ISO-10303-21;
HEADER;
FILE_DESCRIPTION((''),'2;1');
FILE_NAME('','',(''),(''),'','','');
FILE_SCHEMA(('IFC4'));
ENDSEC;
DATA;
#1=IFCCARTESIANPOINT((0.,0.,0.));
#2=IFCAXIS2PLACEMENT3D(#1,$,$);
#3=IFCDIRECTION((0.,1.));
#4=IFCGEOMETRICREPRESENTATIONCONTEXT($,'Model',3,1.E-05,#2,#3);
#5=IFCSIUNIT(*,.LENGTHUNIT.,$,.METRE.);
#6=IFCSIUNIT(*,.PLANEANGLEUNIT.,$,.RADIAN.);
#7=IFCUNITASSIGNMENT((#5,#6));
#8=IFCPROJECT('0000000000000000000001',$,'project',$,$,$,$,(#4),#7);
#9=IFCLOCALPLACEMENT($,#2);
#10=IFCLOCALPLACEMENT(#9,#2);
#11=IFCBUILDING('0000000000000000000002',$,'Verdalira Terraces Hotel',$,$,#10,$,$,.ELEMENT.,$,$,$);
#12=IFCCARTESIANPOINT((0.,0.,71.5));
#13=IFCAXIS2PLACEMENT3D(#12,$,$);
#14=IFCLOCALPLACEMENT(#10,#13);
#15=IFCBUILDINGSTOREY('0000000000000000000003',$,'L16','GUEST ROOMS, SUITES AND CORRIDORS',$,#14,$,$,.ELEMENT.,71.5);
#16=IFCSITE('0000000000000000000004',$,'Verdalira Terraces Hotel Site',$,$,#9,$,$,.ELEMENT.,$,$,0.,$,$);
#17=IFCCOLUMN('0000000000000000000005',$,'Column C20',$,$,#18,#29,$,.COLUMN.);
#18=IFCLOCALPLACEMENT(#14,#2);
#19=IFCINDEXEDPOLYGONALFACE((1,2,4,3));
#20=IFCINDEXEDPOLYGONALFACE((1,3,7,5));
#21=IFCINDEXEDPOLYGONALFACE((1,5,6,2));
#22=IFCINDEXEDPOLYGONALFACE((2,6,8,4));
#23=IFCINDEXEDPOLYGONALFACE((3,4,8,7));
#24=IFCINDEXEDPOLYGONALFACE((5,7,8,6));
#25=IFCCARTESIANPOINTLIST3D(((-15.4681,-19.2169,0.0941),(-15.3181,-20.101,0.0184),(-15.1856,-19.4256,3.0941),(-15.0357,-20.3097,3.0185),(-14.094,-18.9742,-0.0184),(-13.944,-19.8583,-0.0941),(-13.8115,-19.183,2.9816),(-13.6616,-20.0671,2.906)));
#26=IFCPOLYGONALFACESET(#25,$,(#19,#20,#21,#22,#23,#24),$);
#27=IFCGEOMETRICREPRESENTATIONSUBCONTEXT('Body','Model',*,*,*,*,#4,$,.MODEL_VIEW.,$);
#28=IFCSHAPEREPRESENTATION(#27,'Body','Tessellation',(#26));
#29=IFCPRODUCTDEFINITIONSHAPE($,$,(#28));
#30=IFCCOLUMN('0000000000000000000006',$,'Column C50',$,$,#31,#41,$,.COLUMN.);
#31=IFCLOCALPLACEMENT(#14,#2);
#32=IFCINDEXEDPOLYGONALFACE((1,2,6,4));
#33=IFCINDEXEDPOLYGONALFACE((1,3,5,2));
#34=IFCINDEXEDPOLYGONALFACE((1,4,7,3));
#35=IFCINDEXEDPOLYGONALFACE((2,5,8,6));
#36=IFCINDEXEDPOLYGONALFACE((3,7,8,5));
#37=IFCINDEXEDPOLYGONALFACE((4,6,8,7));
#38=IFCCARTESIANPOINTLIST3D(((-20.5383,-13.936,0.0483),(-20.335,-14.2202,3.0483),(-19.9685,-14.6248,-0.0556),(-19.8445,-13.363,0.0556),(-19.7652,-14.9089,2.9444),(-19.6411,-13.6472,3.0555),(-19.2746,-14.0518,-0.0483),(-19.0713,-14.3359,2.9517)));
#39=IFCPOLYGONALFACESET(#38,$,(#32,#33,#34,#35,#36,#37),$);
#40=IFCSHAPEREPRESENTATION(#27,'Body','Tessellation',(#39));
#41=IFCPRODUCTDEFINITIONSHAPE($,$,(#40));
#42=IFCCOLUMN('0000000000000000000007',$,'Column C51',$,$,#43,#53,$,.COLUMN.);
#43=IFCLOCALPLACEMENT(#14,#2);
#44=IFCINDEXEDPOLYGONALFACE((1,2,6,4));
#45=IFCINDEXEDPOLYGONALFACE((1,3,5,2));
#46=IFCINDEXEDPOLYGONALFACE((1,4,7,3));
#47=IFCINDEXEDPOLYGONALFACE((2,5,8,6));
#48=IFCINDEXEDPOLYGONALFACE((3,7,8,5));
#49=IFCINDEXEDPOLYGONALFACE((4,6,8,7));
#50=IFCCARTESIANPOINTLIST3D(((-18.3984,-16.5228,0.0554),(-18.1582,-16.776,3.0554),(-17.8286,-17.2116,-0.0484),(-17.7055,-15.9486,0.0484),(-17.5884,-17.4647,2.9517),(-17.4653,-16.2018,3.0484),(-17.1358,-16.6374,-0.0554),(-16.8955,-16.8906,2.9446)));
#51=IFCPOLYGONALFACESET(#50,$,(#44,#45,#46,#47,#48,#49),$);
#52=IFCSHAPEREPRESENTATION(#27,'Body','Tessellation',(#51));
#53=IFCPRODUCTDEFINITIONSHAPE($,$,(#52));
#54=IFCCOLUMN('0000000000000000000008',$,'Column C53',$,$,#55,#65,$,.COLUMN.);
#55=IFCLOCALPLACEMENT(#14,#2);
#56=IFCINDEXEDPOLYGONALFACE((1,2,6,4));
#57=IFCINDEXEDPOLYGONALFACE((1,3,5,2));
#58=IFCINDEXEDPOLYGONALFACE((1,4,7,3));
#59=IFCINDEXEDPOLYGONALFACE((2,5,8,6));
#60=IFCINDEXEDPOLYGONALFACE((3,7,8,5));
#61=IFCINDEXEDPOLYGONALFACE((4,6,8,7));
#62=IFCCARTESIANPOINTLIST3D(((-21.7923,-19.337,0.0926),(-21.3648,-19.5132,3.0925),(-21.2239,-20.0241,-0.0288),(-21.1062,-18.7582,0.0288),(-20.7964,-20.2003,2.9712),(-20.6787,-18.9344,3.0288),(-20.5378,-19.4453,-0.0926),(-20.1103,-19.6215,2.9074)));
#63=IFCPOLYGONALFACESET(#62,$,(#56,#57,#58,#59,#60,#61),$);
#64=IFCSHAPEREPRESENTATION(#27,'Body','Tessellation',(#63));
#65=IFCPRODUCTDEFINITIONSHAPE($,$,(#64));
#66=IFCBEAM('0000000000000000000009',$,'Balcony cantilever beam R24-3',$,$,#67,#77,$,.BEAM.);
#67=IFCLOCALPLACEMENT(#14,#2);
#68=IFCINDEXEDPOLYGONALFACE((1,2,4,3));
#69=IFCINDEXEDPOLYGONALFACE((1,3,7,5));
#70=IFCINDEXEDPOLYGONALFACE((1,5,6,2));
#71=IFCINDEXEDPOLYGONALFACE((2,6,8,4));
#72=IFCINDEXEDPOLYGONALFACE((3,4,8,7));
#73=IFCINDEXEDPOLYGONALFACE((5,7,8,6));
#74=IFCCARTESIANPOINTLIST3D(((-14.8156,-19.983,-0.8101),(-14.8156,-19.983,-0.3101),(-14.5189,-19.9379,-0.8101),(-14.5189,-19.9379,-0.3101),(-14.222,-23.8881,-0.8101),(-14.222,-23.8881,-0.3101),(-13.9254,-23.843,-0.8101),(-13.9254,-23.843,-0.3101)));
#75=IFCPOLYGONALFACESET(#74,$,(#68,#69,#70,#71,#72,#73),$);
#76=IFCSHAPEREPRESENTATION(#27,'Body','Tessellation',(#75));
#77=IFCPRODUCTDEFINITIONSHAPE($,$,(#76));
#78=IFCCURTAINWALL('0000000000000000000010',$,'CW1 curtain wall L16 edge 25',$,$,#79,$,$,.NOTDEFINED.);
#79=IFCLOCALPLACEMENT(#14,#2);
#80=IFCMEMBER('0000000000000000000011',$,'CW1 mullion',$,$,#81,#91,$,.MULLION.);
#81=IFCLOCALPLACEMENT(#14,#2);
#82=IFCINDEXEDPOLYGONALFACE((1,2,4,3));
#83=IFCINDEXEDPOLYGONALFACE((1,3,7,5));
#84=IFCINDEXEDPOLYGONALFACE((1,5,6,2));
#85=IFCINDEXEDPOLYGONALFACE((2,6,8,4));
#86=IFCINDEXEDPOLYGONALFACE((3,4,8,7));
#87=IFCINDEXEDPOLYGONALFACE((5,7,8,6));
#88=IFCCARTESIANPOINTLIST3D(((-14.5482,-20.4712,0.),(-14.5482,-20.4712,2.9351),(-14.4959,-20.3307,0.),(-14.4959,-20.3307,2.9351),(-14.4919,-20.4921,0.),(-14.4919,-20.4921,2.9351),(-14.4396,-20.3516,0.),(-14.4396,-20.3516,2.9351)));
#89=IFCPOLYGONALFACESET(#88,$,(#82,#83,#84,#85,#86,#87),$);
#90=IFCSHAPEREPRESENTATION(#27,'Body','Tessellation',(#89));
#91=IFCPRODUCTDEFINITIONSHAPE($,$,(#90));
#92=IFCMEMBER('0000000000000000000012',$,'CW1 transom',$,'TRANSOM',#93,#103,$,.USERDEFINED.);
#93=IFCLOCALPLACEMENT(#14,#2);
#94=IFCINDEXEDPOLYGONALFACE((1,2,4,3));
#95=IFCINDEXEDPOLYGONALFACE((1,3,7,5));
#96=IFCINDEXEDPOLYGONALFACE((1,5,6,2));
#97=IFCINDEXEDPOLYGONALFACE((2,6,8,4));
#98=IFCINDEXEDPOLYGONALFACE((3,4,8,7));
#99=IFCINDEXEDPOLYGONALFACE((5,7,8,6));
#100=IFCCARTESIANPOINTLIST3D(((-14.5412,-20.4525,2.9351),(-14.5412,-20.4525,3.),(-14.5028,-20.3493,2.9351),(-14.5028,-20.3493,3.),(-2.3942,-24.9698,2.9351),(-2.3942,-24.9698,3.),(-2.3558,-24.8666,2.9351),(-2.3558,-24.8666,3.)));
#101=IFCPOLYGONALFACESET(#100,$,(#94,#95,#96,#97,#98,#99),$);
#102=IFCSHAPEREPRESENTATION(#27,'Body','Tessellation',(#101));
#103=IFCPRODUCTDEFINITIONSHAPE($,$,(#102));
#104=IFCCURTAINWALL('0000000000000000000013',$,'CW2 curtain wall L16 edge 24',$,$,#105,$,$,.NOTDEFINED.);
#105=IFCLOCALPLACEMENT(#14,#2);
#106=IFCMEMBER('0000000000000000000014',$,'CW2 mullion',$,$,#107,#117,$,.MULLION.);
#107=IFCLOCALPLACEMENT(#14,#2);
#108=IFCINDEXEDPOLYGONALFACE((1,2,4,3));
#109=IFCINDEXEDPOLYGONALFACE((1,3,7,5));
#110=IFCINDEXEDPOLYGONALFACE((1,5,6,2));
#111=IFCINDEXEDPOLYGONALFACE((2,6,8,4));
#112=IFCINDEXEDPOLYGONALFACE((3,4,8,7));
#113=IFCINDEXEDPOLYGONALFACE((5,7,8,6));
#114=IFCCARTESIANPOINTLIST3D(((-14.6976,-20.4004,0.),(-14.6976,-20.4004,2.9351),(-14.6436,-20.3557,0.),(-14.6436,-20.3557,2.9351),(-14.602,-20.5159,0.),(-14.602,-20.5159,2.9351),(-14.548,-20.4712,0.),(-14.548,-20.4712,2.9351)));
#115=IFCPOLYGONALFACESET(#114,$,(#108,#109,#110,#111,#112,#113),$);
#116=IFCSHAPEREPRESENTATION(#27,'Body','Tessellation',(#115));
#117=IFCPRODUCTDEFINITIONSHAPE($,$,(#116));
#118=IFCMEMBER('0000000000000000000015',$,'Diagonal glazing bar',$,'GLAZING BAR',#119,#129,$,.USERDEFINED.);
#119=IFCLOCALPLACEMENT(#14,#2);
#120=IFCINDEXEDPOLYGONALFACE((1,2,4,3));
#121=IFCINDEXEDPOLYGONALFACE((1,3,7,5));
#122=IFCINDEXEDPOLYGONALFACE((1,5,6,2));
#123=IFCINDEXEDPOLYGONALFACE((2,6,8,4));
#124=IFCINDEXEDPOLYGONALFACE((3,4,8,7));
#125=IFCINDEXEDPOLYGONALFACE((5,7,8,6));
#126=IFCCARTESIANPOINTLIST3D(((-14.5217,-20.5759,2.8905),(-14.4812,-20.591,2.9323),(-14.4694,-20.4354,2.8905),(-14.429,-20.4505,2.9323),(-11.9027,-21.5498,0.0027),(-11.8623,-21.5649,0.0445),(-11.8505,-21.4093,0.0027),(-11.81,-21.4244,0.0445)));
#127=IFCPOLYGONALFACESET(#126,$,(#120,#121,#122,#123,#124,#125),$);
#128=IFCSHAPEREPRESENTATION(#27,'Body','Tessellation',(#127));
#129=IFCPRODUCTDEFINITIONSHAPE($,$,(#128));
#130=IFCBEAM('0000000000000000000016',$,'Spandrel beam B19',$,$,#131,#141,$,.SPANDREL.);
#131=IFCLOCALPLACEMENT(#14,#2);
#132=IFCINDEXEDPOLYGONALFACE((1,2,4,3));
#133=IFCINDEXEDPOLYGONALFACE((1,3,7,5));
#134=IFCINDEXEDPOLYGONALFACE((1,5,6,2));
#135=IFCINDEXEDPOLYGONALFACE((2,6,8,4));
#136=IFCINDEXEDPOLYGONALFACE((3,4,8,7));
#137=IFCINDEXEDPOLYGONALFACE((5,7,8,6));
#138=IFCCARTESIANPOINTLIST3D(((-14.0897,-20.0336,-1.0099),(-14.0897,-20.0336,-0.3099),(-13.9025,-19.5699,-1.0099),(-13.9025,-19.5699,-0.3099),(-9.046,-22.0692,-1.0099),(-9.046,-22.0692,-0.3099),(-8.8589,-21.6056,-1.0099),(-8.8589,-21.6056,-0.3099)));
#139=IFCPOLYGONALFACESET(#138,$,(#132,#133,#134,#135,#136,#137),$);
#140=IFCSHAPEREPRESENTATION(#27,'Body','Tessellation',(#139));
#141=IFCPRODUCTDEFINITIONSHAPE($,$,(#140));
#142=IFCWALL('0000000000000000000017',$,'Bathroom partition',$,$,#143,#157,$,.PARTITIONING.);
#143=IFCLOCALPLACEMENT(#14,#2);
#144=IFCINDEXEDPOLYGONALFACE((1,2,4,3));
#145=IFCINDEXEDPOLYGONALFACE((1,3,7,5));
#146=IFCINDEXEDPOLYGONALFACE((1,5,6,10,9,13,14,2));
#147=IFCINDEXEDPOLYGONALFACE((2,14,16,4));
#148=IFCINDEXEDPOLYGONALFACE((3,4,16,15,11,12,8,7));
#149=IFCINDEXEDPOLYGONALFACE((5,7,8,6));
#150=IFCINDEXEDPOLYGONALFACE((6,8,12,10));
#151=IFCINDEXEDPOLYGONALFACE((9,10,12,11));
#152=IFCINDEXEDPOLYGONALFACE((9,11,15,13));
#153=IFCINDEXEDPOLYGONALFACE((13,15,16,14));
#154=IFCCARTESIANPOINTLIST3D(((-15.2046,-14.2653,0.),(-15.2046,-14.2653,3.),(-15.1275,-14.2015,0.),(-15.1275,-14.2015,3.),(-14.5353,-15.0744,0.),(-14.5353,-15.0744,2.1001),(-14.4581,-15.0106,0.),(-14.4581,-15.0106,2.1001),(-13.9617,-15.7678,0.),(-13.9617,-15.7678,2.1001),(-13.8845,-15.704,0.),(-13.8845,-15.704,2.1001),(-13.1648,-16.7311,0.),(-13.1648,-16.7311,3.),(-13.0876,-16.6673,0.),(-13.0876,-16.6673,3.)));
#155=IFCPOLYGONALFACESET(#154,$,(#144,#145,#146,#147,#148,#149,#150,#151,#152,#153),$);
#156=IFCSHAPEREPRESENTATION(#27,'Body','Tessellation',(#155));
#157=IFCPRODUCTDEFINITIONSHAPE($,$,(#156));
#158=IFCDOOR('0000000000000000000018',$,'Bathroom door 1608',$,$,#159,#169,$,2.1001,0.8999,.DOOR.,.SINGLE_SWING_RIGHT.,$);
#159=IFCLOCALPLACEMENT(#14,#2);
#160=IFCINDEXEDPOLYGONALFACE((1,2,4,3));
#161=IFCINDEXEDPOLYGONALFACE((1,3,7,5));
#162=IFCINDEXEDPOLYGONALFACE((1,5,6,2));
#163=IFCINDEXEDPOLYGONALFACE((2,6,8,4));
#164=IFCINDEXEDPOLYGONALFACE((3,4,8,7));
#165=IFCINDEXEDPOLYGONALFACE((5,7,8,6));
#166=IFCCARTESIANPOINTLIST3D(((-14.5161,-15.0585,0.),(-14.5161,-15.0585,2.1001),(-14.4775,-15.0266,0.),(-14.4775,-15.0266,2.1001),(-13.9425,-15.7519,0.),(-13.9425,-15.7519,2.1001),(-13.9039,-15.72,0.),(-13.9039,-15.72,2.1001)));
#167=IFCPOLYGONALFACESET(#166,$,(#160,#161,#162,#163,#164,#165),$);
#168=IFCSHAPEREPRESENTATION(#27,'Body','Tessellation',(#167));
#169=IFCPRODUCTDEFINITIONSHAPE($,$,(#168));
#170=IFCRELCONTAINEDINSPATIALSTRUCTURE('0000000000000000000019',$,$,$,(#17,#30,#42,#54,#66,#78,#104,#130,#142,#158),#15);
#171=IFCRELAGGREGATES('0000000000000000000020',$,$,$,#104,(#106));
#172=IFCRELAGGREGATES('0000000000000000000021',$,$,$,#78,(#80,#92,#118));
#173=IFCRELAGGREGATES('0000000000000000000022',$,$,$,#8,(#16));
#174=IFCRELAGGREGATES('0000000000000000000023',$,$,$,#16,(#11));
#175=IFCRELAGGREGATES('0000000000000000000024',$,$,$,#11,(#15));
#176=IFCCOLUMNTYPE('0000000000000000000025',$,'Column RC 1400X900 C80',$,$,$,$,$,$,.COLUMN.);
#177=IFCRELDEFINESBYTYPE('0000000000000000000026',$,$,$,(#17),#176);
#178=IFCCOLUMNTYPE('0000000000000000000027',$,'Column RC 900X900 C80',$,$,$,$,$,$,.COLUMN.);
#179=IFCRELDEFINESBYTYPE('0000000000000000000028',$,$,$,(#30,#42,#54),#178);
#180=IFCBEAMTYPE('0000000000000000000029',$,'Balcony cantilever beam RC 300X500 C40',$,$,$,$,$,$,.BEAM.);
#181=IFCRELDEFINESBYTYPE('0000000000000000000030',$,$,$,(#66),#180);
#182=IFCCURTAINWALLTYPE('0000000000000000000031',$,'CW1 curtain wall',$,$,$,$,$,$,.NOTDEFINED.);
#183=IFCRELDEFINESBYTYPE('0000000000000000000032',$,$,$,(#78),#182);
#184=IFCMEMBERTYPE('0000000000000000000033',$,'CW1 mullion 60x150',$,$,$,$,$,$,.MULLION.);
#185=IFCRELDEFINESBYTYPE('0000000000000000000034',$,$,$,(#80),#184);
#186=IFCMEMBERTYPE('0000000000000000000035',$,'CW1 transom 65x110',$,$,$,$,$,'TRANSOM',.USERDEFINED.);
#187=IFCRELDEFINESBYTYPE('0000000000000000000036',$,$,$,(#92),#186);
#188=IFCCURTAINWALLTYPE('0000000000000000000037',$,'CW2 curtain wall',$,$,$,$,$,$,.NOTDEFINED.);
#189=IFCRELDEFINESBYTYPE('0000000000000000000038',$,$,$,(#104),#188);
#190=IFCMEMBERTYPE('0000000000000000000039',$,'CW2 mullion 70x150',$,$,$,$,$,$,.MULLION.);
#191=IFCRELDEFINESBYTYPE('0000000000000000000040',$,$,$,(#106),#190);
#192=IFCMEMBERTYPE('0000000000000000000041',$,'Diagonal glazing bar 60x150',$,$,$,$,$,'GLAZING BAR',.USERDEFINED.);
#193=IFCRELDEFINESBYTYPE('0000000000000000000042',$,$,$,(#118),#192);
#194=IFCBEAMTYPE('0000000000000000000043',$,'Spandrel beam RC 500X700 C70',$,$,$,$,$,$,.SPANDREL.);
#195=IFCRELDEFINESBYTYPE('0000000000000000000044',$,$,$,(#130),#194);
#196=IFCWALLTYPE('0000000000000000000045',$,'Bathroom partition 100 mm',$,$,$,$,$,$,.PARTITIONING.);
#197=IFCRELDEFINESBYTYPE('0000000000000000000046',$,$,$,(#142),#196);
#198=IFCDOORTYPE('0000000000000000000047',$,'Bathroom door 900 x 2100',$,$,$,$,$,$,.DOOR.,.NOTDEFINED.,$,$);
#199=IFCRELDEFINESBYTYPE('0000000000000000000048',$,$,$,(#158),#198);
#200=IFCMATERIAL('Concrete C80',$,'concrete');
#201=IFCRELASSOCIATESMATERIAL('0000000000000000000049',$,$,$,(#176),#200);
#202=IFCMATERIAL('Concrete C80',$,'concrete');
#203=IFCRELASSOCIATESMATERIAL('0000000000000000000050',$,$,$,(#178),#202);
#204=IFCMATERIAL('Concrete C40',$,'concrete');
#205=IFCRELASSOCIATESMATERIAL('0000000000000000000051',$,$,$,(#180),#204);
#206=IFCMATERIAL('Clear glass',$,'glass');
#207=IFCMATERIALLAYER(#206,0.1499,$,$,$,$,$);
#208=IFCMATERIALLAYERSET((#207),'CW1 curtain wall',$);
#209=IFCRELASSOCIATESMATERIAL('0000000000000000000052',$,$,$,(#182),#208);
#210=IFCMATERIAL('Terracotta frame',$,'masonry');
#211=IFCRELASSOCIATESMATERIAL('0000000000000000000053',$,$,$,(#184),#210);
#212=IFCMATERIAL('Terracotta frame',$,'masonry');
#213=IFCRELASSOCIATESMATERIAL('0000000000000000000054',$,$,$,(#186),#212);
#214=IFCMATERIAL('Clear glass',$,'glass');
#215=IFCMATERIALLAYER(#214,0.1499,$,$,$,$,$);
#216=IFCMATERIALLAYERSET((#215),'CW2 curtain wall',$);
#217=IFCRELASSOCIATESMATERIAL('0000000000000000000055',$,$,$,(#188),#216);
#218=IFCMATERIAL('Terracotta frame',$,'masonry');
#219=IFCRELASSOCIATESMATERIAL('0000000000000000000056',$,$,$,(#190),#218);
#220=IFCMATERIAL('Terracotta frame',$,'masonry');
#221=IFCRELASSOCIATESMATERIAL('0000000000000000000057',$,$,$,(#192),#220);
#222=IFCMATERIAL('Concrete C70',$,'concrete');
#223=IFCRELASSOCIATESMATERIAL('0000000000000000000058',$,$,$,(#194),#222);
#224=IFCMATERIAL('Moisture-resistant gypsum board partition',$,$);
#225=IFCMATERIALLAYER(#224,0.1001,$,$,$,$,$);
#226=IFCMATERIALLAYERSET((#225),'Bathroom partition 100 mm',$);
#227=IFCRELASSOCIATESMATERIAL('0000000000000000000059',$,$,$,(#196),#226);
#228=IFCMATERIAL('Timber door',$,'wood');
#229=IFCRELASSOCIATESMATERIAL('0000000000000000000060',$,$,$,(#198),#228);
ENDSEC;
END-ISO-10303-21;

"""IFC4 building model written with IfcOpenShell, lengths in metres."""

from ifc_helpers import new_model, si_unit, direction, frame, frame_2d, origin, origin_2d, place, context, subcontext, project, spatial, rectangle, extrude, material, layer, layer_set, material_profile, profile_set, type_object, element, fill, aggregate, save


model = new_model("IFC4")

# Units and contexts
model_context = context("Model", 3, precision=1e-05, world=origin(), true_north=direction((0.0, 1.0)))
body_context = subcontext(model_context, "Body", "Model", "MODEL_VIEW")
ifc_project = project(units=[si_unit("LENGTHUNIT", "METRE"), si_unit("PLANEANGLEUNIT", "RADIAN")], contexts=[model_context])

# Site, building, storey
site_placement = place(None, origin())
site = spatial("IfcSite", under=ifc_project, at=site_placement, Name="Verdalira Terraces Hotel Site", CompositionType="ELEMENT", RefElevation=0.0)
building_placement = place(site_placement, origin())
building = spatial("IfcBuilding", under=site, at=building_placement, Name="Verdalira Terraces Hotel", CompositionType="ELEMENT")
storey_placement = place(building_placement, frame((0.0, 0.0, 71.5)))
storey = spatial("IfcBuildingStorey", under=building, at=storey_placement, Name="L16", Description="GUEST ROOMS, SUITES AND CORRIDORS", CompositionType="ELEMENT", Elevation=71.5)

# Columns
ifc_material_1 = material(Name="Concrete C80", Category="concrete")
ifc_material_profile_1 = material_profile(ifc_material_1, rectangle(XDim=1.3999, YDim=0.8999, at=origin_2d()), Name="RC 1400X900")
ifc_profile_set_1 = profile_set([ifc_material_profile_1], Name="Concrete C80")
column_type_1 = type_object("IfcColumnType", Name="Column RC 1400X900 C80", PredefinedType="COLUMN", material=ifc_profile_set_1)
column_1_placement = place(storey_placement, frame((-14.7061, -19.5376, 0.0), z_axis=(0.093518, -0.069108, 0.993216), x_axis=(-0.981578, -0.17334, 0.080361)))
element("IfcColumn", 1, at=column_1_placement, inside=storey, type_object=column_type_1, Name="Column C20", PredefinedType="COLUMN", context=body_context, shape_type="SweptSolid", body=[
    extrude(rectangle(XDim=1.3999, YDim=0.8999, at=origin_2d()), origin(), (0.0, 0.0, 1.0), 3.0205),
])
ifc_material_2 = material(Name="Concrete C80", Category="concrete")
ifc_material_profile_2 = material_profile(ifc_material_2, rectangle(XDim=0.8999, YDim=0.8999, at=origin_2d()), Name="RC 900X900")
ifc_profile_set_2 = profile_set([ifc_material_profile_2], Name="Concrete C80")
column_type_2 = type_object("IfcColumnType", Name="Column RC 900X900 C80", PredefinedType="COLUMN", material=ifc_profile_set_2)
for number, where, z_axis, x_axis, name in (
    (2, (-19.9065, -13.9939, 0.0), (0.067334, -0.09409, 0.993284), (-0.771057, -0.636716, -0.008044), "Column C50"),
    (3, (-17.7671, -16.5801, 0.0), (0.079542, -0.083826, 0.993301), (-0.769944, -0.638064, 0.007809), "Column C51"),
):
    element("IfcColumn", number, at=place(storey_placement, frame(where, z_axis=z_axis, x_axis=x_axis)), inside=storey, type_object=column_type_2, Name=name, PredefinedType="COLUMN", context=body_context, shape_type="SweptSolid", body=[
        extrude(rectangle(XDim=0.8999, YDim=0.8999, at=origin_2d()), origin(), (0.0, 0.0, 1.0), 3.0203),
    ])
column_2_placement = place(storey_placement, frame((-21.165, -19.3911, 0.0), z_axis=(0.140834, -0.058071, 0.988329), x_axis=(-0.762428, -0.643183, 0.070852)))
element("IfcColumn", 4, at=column_2_placement, inside=storey, type_object=column_type_2, Name="Column C53", PredefinedType="COLUMN", context=body_context, shape_type="SweptSolid", body=[
    extrude(rectangle(XDim=0.8999, YDim=0.8999, at=origin_2d()), origin(), (0.0, 0.0, 1.0), 3.0354),
])

# Beam
ifc_material_3 = material(Name="Concrete C40", Category="concrete")
ifc_material_profile_3 = material_profile(ifc_material_3, rectangle(XDim=0.3, YDim=0.5, at=origin_2d()), Name="RC 300X500")
ifc_profile_set_3 = profile_set([ifc_material_profile_3], Name="Concrete C40")
beam_type_1 = type_object("IfcBeamType", Name="Balcony cantilever beam RC 300X500 C40", PredefinedType="BEAM", material=ifc_profile_set_3)
beam_1_placement = place(storey_placement, frame((-14.6672, -19.9604, -0.5601), z_axis=(0.150259, -0.988647, 0.0), x_axis=(0.988647, 0.150259, 0.0)))
element("IfcBeam", 5, at=beam_1_placement, inside=storey, type_object=beam_type_1, Name="Balcony cantilever beam R24-3", PredefinedType="BEAM", context=body_context, shape_type="SweptSolid", body=[
    extrude(rectangle(XDim=0.3, YDim=0.5, at=origin_2d()), origin(), (0.0, 0.0, 1.0), 3.95),
])

# Curtain wall, members
ifc_material_4 = material(Name="Clear glass", Category="glass")
ifc_layer_1 = layer(ifc_material_4, 0.1499)
ifc_layer_set_1 = layer_set([ifc_layer_1], Name="CW1 curtain wall")
curtain_wall_type_1 = type_object("IfcCurtainWallType", Name="CW1 curtain wall", PredefinedType="NOTDEFINED", material=ifc_layer_set_1)
curtain_wall_1_placement = place(storey_placement, origin())
curtain_wall_1 = element("IfcCurtainWall", 6, at=curtain_wall_1_placement, inside=storey, type_object=curtain_wall_type_1, Name="CW1 curtain wall L16 edge 25", PredefinedType="NOTDEFINED")
ifc_material_5 = material(Name="Terracotta frame", Category="masonry")
ifc_material_profile_4 = material_profile(ifc_material_5, rectangle(XDim=0.0601, YDim=0.1499, at=origin_2d()), Name="MU 60x150")
ifc_profile_set_4 = profile_set([ifc_material_profile_4], Name="Terracotta frame")
member_type_1 = type_object("IfcMemberType", Name="CW1 mullion 60x150", PredefinedType="MULLION", material=ifc_profile_set_4)
member_1_placement = place(storey_placement, frame((-14.4939, -20.4114, 0.0), z_axis=(0.0, 0.0, 1.0), x_axis=(0.937282, -0.348572, 0.0)))
member_1 = element("IfcMember", 7, at=member_1_placement, type_object=member_type_1, Name="CW1 mullion", PredefinedType="MULLION", context=body_context, shape_type="SweptSolid", body=[
    extrude(rectangle(XDim=0.0601, YDim=0.1499, at=origin_2d()), origin(), (0.0, 0.0, 1.0), 2.9351),
])
ifc_material_6 = material(Name="Terracotta frame", Category="masonry")
ifc_material_profile_5 = material_profile(ifc_material_6, rectangle(XDim=0.1101, YDim=0.0649, at=origin_2d()), Name="TR 65x110")
ifc_profile_set_5 = profile_set([ifc_material_profile_5], Name="Terracotta frame")
member_type_2 = type_object("IfcMemberType", Name="CW1 transom 65x110", ElementType="TRANSOM", PredefinedType="USERDEFINED", material=ifc_profile_set_5)
member_2_placement = place(storey_placement, frame((-14.522, -20.4009, 2.9675), z_axis=(0.937284, -0.348566, 0.0), x_axis=(0.348566, 0.937284, 0.0)))
member_2 = element("IfcMember", 8, at=member_2_placement, type_object=member_type_2, Name="CW1 transom", ObjectType="TRANSOM", PredefinedType="USERDEFINED", context=body_context, shape_type="SweptSolid", body=[
    extrude(rectangle(XDim=0.1101, YDim=0.0649, at=origin_2d()), origin(), (0.0, 0.0, 1.0), 12.9597),
])

# Curtain wall, member
ifc_material_7 = material(Name="Clear glass", Category="glass")
ifc_layer_2 = layer(ifc_material_7, 0.1499)
ifc_layer_set_2 = layer_set([ifc_layer_2], Name="CW2 curtain wall")
curtain_wall_type_2 = type_object("IfcCurtainWallType", Name="CW2 curtain wall", PredefinedType="NOTDEFINED", material=ifc_layer_set_2)
curtain_wall_2_placement = place(storey_placement, origin())
curtain_wall_2 = element("IfcCurtainWall", 9, at=curtain_wall_2_placement, inside=storey, type_object=curtain_wall_type_2, Name="CW2 curtain wall L16 edge 24", PredefinedType="NOTDEFINED")
ifc_material_8 = material(Name="Terracotta frame", Category="masonry")
ifc_material_profile_6 = material_profile(ifc_material_8, rectangle(XDim=0.0701, YDim=0.1499, at=origin_2d()), Name="MU 70x150")
ifc_profile_set_6 = profile_set([ifc_material_profile_6], Name="Terracotta frame")
member_type_3 = type_object("IfcMemberType", Name="CW2 mullion 70x150", PredefinedType="MULLION", material=ifc_profile_set_6)
member_3_placement = place(storey_placement, frame((-14.6228, -20.4358, 0.0), z_axis=(0.0, 0.0, 1.0), x_axis=(0.770513, 0.637424, 0.0)))
member_3 = element("IfcMember", 10, at=member_3_placement, type_object=member_type_3, Name="CW2 mullion", PredefinedType="MULLION", context=body_context, shape_type="SweptSolid", body=[
    extrude(rectangle(XDim=0.0701, YDim=0.1499, at=origin_2d()), origin(), (0.0, 0.0, 1.0), 2.9351),
])
aggregate(curtain_wall_2, [member_3])

# Member
ifc_material_9 = material(Name="Terracotta frame", Category="masonry")
ifc_material_profile_7 = material_profile(ifc_material_9, rectangle(XDim=0.1499, YDim=0.0601, at=origin_2d()), Name="GB 60x150")
ifc_profile_set_7 = profile_set([ifc_material_profile_7], Name="Terracotta frame")
member_type_4 = type_object("IfcMemberType", Name="Diagonal glazing bar 60x150", ElementType="GLAZING BAR", PredefinedType="USERDEFINED", material=ifc_profile_set_7)
member_4_placement = place(storey_placement, frame((-14.4753, -20.5132, 2.9114), z_axis=(0.65176, -0.242367, -0.718656), x_axis=(0.348546, 0.937292, 0.0)))
member_4 = element("IfcMember", 11, at=member_4_placement, type_object=member_type_4, Name="Diagonal glazing bar", ObjectType="GLAZING BAR", PredefinedType="USERDEFINED", context=body_context, shape_type="SweptSolid", body=[
    extrude(rectangle(XDim=0.1499, YDim=0.0601, at=origin_2d()), origin(), (0.0, 0.0, 1.0), 4.0183),
])
aggregate(curtain_wall_1, [member_1, member_2, member_4])

# Beam
ifc_material_10 = material(Name="Concrete C70", Category="concrete")
ifc_material_profile_8 = material_profile(ifc_material_10, rectangle(XDim=0.5, YDim=0.7, at=origin_2d()), Name="RC 500X700")
ifc_profile_set_8 = profile_set([ifc_material_profile_8], Name="Concrete C70")
beam_type_2 = type_object("IfcBeamType", Name="Spandrel beam RC 500X700 C70", PredefinedType="SPANDREL", material=ifc_profile_set_8)
beam_2_placement = place(storey_placement, frame((-13.9961, -19.8018, -0.6599), z_axis=(0.927321, -0.374268, 0.0), x_axis=(0.374268, 0.927321, 0.0)))
element("IfcBeam", 12, at=beam_2_placement, inside=storey, type_object=beam_type_2, Name="Spandrel beam B19", PredefinedType="SPANDREL", context=body_context, shape_type="SweptSolid", body=[
    extrude(rectangle(XDim=0.5, YDim=0.7, at=origin_2d()), origin(), (0.0, 0.0, 1.0), 5.439),
])

# Wall, opening, door
ifc_material_11 = material(Name="Moisture-resistant gypsum board partition")
ifc_layer_3 = layer(ifc_material_11, 0.1001)
ifc_layer_set_3 = layer_set([ifc_layer_3], Name="Bathroom partition 100 mm")
wall_type_1 = type_object("IfcWallType", Name="Bathroom partition 100 mm", PredefinedType="PARTITIONING", material=ifc_layer_set_3)
wall_1_placement = place(storey_placement, frame((-15.166, -14.2334, 0.0), z_axis=(0.0, 0.0, 1.0), x_axis=(0.637404, -0.77053, 0.0)))
wall_1 = element("IfcWall", 13, at=wall_1_placement, inside=storey, type_object=wall_type_1, Name="Bathroom partition", PredefinedType="PARTITIONING", context=body_context, shape_type="SweptSolid", body=[
    extrude(rectangle(XDim=3.2002, YDim=0.1001, at=frame_2d((1.6001, 0.0))), origin(), (0.0, 0.0, 1.0), 3.0),
])
opening_1_placement = place(wall_1_placement, frame((1.05, 0.0, 0.0)))
opening_1 = element("IfcOpeningElement", 14, at=opening_1_placement, cuts=wall_1, PredefinedType="OPENING", context=body_context, shape_type="SweptSolid", body=[
    extrude(rectangle(XDim=0.8999, YDim=2.1001, at=frame_2d((0.45, 1.05))), frame((0.0, 0.0601, 0.0), z_axis=(0.0, -1.0, 0.0), x_axis=(1.0, 0.0, 0.0)), (0.0, 0.0, 1.0), 0.1201),
])
ifc_material_12 = material(Name="Timber door", Category="wood")
door_type_1 = type_object("IfcDoorType", Name="Bathroom door 900 x 2100", OperationType="NOTDEFINED", PredefinedType="DOOR", material=ifc_material_12)
door_1_placement = place(opening_1_placement, origin())
door_1 = element("IfcDoor", 15, at=door_1_placement, inside=storey, type_object=door_type_1, Name="Bathroom door 1608", OperationType="SINGLE_SWING_RIGHT", OverallHeight=2.1001, OverallWidth=0.8999, PredefinedType="DOOR", context=body_context, shape_type="SweptSolid", body=[
    extrude(rectangle(XDim=0.8999, YDim=2.1001, at=frame_2d((0.45, 1.05))), frame((0.0, 0.0249, 0.0), z_axis=(0.0, -1.0, 0.0), x_axis=(1.0, 0.0, 0.0)), (0.0, 0.0, 1.0), 0.05),
])
fill(opening_1, door_1)

save(model, "model.ifc")
